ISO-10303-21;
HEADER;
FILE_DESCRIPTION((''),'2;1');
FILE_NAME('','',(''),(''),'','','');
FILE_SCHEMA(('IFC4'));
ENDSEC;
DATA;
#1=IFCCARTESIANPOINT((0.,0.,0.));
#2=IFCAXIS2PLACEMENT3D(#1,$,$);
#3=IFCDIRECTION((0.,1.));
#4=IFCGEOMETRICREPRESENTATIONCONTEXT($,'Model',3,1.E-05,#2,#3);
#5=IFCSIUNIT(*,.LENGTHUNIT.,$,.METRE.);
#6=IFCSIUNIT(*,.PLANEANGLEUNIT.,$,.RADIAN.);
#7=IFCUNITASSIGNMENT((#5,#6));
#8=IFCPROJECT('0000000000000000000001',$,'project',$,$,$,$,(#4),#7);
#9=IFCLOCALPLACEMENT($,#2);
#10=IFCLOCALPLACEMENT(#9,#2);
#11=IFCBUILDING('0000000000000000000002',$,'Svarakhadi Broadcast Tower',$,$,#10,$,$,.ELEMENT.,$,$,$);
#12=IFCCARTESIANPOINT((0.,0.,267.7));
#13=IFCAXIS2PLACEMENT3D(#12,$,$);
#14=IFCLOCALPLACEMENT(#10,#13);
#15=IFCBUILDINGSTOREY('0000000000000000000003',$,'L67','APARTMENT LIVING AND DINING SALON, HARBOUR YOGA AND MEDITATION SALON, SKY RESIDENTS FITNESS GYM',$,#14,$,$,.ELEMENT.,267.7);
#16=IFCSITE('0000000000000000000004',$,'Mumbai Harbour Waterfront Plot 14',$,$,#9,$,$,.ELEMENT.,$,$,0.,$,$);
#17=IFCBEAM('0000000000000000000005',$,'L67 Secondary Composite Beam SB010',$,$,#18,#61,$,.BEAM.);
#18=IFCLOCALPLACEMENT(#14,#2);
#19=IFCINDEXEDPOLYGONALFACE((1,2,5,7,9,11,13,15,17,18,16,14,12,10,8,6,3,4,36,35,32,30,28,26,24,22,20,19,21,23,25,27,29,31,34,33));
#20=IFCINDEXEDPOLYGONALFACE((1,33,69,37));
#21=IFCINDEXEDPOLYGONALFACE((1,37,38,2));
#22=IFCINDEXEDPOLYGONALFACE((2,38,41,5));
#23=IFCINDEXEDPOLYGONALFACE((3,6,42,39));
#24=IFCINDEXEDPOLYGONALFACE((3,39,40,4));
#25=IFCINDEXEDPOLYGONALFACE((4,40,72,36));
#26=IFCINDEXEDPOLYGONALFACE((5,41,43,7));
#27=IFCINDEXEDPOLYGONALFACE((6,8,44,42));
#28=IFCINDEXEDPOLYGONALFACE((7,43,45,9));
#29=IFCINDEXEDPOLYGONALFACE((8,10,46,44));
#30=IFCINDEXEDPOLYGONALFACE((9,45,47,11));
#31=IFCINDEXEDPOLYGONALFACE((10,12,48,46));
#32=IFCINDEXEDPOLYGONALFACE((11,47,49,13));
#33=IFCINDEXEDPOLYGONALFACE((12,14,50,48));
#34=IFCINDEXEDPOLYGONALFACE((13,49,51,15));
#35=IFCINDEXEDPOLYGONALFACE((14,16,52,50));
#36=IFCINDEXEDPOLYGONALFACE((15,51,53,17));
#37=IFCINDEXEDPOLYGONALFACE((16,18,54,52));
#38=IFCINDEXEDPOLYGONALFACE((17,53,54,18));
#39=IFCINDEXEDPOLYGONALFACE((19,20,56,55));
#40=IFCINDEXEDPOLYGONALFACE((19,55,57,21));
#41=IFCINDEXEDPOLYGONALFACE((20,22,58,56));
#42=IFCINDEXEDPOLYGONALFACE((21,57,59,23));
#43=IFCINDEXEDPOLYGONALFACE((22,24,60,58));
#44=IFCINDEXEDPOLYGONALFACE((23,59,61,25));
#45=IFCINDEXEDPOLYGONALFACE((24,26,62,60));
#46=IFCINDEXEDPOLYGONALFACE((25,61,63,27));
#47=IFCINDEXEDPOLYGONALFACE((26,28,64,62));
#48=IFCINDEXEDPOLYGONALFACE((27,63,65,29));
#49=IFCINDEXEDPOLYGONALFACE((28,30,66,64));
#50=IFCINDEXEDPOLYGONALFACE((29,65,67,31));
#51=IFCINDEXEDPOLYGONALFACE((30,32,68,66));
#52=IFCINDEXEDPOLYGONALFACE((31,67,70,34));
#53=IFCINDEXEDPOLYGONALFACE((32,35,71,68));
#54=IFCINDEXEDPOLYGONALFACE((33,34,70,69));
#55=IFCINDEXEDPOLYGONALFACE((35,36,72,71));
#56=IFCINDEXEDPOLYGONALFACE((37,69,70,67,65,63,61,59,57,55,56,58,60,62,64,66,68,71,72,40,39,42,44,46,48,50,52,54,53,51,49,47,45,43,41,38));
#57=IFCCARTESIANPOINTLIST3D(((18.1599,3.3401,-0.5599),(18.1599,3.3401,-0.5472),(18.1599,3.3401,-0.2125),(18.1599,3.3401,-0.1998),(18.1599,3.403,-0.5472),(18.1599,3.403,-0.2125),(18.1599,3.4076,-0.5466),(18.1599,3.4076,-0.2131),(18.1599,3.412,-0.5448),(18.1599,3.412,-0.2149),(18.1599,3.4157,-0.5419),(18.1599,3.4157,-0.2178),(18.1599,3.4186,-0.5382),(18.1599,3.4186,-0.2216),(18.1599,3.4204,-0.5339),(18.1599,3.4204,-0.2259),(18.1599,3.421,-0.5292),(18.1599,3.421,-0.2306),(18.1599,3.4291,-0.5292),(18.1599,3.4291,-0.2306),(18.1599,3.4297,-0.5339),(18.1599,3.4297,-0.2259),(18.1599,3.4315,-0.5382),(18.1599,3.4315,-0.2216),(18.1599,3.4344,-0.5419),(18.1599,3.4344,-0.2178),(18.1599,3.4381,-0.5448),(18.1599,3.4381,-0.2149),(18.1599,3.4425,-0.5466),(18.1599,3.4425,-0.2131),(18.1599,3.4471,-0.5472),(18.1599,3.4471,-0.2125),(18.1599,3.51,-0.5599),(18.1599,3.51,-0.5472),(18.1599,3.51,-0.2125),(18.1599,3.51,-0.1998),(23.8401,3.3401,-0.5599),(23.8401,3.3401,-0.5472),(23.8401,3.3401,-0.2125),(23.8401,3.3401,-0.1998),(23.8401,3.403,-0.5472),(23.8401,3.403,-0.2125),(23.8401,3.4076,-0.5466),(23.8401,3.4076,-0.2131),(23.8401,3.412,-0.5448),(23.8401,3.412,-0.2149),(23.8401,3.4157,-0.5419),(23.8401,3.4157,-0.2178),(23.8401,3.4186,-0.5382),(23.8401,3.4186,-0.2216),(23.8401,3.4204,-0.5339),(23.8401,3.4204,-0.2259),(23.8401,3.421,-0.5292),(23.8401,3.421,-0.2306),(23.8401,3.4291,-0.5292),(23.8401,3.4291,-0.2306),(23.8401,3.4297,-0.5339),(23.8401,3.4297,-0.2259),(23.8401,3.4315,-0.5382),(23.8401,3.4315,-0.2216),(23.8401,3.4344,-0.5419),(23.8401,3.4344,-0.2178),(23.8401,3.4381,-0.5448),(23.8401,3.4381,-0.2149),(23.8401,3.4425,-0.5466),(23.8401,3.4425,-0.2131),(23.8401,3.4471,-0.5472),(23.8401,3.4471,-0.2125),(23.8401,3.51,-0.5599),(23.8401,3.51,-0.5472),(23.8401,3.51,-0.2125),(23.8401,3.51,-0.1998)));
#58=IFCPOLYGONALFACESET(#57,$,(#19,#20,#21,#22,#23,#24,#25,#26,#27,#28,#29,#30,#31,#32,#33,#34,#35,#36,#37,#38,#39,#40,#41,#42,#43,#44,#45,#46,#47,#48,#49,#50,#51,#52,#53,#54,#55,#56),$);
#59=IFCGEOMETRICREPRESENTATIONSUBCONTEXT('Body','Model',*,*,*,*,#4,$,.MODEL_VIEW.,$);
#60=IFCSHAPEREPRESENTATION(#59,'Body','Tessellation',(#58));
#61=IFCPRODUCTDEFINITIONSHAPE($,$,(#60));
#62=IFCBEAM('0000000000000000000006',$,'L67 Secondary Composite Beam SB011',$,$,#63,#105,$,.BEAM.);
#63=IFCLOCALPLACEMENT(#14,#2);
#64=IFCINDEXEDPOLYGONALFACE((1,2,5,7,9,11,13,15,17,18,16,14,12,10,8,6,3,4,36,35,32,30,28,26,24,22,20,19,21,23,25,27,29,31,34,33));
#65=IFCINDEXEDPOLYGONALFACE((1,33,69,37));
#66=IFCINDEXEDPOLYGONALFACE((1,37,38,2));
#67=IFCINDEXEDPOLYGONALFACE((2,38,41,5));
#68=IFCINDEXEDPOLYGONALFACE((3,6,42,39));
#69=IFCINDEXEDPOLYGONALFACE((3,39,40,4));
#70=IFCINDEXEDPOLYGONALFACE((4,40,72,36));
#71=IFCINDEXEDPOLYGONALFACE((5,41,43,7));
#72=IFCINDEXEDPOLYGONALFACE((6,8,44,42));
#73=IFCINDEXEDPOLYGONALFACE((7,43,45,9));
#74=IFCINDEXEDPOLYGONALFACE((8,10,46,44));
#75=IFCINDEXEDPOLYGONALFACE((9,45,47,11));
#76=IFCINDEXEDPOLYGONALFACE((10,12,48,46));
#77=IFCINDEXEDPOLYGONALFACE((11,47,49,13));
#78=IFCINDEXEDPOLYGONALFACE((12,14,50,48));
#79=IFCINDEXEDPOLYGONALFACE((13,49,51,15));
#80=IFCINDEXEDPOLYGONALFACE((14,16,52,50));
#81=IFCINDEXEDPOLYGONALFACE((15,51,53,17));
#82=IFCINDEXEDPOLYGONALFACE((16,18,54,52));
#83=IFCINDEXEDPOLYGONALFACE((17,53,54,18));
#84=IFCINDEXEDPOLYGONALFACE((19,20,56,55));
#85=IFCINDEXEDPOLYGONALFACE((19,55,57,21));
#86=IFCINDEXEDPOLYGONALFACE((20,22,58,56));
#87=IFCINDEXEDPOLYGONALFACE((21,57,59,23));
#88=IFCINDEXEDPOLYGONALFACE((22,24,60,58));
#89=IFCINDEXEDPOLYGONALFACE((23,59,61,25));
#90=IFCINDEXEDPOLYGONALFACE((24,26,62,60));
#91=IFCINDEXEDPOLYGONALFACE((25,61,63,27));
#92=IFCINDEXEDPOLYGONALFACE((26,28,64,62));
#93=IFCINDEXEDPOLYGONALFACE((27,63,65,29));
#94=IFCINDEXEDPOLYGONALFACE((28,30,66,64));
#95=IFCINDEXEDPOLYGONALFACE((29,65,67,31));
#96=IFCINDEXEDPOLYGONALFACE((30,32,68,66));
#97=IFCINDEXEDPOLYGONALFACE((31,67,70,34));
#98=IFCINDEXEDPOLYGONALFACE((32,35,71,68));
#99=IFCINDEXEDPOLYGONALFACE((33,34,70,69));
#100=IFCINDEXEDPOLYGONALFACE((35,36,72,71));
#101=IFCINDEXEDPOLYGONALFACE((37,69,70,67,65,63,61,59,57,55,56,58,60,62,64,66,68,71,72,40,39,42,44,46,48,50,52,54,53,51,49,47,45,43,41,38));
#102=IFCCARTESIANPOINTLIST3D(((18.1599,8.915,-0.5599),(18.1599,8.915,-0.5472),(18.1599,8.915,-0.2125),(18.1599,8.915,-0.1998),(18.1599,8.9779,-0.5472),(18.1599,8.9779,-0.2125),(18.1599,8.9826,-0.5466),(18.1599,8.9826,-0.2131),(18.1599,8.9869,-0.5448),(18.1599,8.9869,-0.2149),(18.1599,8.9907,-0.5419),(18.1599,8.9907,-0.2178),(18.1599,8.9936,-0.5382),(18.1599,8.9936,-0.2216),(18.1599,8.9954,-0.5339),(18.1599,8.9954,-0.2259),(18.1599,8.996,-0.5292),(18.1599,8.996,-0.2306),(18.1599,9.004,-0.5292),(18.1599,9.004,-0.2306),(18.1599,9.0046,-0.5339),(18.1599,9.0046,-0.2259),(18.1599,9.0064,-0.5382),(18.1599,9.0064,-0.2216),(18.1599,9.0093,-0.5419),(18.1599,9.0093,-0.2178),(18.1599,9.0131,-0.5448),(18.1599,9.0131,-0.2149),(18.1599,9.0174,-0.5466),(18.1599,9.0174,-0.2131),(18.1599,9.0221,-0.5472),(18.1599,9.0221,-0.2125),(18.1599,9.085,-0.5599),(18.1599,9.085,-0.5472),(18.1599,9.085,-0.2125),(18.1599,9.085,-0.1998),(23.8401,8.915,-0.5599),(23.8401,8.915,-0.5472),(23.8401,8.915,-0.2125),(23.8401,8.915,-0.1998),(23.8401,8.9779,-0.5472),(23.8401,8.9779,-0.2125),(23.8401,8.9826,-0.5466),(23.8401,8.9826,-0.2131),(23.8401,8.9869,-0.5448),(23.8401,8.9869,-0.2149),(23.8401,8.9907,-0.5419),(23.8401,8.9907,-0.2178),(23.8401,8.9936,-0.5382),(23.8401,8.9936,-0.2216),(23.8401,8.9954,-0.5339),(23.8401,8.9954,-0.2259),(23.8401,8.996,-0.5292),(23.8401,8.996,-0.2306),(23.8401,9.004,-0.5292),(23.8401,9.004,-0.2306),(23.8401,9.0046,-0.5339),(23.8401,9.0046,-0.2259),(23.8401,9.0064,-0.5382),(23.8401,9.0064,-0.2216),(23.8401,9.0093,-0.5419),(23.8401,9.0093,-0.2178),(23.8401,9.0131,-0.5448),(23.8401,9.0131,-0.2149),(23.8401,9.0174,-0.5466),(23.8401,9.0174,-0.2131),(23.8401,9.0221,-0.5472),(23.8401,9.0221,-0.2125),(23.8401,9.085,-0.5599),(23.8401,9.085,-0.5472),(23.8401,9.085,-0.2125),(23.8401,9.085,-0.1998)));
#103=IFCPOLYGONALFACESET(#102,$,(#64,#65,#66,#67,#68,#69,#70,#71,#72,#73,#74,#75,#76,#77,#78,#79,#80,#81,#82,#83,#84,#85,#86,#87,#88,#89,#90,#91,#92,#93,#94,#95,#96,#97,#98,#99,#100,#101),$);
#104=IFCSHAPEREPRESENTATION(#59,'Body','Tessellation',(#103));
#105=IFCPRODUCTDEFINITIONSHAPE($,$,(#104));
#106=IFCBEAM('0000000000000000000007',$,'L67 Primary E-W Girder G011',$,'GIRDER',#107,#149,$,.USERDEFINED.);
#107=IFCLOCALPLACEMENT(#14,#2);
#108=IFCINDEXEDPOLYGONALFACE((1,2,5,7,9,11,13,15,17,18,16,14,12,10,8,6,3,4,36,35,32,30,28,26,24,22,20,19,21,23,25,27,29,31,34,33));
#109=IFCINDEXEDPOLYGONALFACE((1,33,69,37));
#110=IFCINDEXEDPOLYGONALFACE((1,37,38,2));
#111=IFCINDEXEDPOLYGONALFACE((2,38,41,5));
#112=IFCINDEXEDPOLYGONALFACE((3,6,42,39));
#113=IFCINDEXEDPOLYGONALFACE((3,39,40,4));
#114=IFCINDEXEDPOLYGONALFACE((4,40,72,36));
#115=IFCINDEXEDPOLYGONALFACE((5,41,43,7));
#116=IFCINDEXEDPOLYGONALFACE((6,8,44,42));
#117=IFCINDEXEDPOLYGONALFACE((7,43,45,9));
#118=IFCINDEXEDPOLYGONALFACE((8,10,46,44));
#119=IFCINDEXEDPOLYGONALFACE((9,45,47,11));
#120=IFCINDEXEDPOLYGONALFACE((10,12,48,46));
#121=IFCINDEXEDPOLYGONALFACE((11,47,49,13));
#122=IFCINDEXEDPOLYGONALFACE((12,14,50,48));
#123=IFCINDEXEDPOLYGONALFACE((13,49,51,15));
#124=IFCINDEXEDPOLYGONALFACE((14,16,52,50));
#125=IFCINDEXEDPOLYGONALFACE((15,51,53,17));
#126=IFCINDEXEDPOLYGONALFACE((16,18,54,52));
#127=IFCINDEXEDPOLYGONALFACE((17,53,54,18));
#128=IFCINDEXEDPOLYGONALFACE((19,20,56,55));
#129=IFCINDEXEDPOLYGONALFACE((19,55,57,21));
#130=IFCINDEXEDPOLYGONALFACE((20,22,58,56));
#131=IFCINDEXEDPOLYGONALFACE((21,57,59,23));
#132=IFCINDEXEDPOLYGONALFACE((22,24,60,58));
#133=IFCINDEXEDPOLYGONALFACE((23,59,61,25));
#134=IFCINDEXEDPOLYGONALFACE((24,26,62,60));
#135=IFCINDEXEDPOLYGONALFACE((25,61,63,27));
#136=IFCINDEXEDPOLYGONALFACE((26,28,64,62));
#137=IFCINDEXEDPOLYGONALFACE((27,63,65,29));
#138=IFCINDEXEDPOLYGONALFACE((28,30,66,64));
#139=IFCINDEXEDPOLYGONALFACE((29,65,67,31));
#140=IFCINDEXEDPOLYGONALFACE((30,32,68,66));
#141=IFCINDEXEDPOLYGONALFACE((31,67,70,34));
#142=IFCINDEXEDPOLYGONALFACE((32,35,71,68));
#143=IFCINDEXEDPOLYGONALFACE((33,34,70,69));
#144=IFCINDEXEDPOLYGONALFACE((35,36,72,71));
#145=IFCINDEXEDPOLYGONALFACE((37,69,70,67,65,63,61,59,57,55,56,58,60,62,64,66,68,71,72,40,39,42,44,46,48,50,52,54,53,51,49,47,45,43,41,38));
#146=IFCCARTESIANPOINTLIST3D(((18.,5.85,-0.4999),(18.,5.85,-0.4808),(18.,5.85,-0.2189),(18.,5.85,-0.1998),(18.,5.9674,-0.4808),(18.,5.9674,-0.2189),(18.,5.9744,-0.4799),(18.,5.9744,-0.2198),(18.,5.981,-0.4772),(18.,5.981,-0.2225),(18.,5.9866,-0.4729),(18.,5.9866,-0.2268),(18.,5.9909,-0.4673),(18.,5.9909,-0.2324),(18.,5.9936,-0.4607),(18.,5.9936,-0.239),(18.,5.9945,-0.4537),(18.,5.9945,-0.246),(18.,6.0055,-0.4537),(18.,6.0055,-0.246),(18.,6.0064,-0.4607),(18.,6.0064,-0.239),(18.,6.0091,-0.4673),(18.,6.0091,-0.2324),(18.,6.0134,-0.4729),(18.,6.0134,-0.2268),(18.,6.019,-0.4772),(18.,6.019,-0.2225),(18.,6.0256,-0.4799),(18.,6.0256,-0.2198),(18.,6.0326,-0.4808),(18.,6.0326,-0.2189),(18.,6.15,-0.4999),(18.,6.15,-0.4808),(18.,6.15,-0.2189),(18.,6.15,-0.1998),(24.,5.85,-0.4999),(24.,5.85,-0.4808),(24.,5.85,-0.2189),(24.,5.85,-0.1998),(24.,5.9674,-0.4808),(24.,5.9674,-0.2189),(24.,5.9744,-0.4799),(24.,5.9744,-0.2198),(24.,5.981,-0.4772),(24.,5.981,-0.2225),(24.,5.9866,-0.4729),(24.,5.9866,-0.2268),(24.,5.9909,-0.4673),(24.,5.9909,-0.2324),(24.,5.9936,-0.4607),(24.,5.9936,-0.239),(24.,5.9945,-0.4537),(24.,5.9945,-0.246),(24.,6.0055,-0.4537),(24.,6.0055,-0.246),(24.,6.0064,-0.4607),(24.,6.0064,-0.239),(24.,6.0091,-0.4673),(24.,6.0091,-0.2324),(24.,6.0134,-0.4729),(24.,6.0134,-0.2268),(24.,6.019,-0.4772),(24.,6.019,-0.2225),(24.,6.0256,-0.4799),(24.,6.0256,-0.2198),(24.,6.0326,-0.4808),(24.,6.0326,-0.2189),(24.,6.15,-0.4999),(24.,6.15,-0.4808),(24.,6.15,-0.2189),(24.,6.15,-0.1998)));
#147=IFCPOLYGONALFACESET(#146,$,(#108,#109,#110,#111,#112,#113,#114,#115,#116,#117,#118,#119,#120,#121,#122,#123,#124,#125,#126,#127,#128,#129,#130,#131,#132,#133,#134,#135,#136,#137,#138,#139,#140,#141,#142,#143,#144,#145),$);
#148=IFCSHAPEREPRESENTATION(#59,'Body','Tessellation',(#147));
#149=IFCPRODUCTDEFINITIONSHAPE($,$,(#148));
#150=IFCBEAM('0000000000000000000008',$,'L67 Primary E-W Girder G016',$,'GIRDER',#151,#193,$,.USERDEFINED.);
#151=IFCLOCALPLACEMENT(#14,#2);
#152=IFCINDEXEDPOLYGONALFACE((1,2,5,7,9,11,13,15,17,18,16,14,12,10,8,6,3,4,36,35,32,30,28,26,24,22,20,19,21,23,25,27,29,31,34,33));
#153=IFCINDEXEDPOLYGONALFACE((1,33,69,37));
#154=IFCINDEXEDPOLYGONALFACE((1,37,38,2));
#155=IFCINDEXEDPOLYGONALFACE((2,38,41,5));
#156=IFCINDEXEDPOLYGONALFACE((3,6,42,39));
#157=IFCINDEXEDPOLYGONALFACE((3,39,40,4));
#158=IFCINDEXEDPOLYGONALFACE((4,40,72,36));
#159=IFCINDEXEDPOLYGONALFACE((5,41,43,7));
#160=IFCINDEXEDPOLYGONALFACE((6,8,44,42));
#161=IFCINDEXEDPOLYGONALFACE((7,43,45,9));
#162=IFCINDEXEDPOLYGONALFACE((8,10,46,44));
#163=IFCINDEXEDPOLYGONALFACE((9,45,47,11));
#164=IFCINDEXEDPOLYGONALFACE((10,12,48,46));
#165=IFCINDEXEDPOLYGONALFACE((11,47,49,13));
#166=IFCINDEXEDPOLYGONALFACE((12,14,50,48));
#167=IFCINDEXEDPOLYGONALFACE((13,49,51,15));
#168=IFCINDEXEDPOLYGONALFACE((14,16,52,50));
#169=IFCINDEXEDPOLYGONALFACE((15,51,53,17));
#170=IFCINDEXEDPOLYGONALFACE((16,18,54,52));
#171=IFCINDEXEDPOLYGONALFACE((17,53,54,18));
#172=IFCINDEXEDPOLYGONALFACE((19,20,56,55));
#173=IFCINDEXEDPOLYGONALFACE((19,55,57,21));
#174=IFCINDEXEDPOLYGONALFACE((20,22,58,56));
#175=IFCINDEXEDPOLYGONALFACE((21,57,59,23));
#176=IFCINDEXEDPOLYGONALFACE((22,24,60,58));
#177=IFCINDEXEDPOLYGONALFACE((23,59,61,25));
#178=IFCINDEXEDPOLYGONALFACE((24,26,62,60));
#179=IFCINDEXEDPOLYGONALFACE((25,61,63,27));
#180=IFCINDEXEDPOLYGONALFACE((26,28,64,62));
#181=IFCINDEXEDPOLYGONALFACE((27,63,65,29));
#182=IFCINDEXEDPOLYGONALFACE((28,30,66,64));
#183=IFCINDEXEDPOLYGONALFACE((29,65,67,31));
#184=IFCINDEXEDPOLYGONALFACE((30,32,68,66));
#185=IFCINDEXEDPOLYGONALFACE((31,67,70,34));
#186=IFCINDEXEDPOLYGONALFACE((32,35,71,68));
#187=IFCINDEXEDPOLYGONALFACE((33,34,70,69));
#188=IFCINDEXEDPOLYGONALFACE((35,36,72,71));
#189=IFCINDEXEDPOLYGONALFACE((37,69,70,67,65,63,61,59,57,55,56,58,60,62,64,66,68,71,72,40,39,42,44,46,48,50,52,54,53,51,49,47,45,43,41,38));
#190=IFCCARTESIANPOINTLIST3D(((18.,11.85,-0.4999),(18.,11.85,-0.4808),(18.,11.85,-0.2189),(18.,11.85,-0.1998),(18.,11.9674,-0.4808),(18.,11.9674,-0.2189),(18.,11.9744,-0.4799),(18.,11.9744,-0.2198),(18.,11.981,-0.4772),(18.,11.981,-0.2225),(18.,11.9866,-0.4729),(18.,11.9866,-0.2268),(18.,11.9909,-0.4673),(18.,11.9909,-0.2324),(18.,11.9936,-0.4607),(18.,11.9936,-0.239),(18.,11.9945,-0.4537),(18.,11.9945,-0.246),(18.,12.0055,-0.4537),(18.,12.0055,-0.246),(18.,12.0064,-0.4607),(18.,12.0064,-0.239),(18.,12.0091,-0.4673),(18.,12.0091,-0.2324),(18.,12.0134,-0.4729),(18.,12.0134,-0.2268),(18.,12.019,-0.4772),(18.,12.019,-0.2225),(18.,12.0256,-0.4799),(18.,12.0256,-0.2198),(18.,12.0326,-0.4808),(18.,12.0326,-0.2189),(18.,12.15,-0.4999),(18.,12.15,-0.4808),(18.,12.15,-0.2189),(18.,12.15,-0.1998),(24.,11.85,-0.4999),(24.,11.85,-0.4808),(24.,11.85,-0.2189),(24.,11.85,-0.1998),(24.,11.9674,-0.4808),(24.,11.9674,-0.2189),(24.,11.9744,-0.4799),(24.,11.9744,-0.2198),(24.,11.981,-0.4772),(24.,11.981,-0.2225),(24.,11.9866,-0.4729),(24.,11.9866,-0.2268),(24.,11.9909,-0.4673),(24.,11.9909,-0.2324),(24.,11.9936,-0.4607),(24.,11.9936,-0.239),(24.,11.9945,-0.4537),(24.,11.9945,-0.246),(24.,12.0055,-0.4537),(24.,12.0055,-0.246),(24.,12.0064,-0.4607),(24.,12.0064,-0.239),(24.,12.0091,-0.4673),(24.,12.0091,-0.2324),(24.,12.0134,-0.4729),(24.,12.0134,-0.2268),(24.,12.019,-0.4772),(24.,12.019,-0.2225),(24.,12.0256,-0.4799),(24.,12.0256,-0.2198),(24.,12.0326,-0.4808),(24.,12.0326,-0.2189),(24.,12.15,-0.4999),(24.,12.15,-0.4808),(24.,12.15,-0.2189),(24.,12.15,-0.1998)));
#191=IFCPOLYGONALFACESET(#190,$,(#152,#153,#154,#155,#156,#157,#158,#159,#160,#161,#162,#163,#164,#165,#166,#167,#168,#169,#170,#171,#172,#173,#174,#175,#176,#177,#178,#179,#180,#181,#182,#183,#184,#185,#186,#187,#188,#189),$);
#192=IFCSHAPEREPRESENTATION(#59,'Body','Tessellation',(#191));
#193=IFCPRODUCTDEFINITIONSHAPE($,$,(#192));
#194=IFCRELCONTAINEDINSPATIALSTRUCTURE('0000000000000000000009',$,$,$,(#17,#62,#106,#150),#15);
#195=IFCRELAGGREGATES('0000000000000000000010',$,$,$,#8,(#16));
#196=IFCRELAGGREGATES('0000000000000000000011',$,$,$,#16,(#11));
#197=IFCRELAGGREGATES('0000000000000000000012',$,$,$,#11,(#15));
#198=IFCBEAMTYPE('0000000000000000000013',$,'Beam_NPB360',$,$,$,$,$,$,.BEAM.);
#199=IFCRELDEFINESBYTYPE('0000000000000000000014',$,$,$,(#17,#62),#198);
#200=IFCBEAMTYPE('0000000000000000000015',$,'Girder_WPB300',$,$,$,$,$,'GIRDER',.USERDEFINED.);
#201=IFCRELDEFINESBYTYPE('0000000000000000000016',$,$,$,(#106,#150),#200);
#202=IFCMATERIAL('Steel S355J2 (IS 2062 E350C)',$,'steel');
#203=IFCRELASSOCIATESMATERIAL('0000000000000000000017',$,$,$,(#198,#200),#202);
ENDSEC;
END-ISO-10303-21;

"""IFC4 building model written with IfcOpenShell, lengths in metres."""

from ifc_helpers import new_model, si_unit, direction, frame, origin, origin_2d, place, context, subcontext, project, spatial, i_section, extrude, material, material_profile, profile_set, type_object, element, save


model = new_model("IFC4")

# Units and contexts
model_context = context("Model", 3, precision=1e-05, world=origin(), true_north=direction((0.0, 1.0)))
body_context = subcontext(model_context, "Body", "Model", "MODEL_VIEW")
ifc_project = project(units=[si_unit("LENGTHUNIT", "METRE"), si_unit("PLANEANGLEUNIT", "RADIAN")], contexts=[model_context])

# Site, building, storey
site_placement = place(None, origin())
site = spatial("IfcSite", under=ifc_project, at=site_placement, Name="Mumbai Harbour Waterfront Plot 14", CompositionType="ELEMENT", RefElevation=0.0)
building_placement = place(site_placement, origin())
building = spatial("IfcBuilding", under=site, at=building_placement, Name="Svarakhadi Broadcast Tower", CompositionType="ELEMENT")
storey_placement = place(building_placement, frame((0.0, 0.0, 267.7)))
storey = spatial("IfcBuildingStorey", under=building, at=storey_placement, Name="L67", Description="APARTMENT LIVING AND DINING SALON, HARBOUR YOGA AND MEDITATION SALON, SKY RESIDENTS FITNESS GYM", CompositionType="ELEMENT", Elevation=267.7)

# Beams
ifc_material_1 = material(Name="Steel S355J2 (IS 2062 E350C)", Category="steel")
ifc_material_profile_1 = material_profile(ifc_material_1, i_section(OverallWidth=0.1699, OverallDepth=0.3601, WebThickness=0.0081, FlangeThickness=0.0127, FilletRadius=0.0181, at=origin_2d()), Name="NPB 360x170x57")
ifc_profile_set_1 = profile_set([ifc_material_profile_1], Name="Steel S355J2 (IS 2062 E350C)")
beam_type_1 = type_object("IfcBeamType", Name="Beam_NPB360", PredefinedType="BEAM", material=ifc_profile_set_1)
for number, where, z_axis, x_axis, name in (
    (1, (18.1599, 3.425, -0.3799), (1.0, 0.0, 0.0), (0.0, 1.0, 0.0), "L67 Secondary Composite Beam SB010"),
    (2, (18.1599, 9.0, -0.3799), (1.0, 0.0, 0.0), (0.0, 1.0, 0.0), "L67 Secondary Composite Beam SB011"),
):
    element("IfcBeam", number, at=place(storey_placement, frame(where, z_axis=z_axis, x_axis=x_axis)), inside=storey, type_object=beam_type_1, Name=name, PredefinedType="BEAM", context=body_context, shape_type="SweptSolid", body=[
        extrude(i_section(OverallWidth=0.1699, OverallDepth=0.3601, WebThickness=0.0081, FlangeThickness=0.0127, FilletRadius=0.0181, at=origin_2d()), origin(), (0.0, 0.0, 1.0), 5.6802),
    ])
ifc_material_profile_2 = material_profile(ifc_material_1, i_section(OverallWidth=0.3, OverallDepth=0.3, WebThickness=0.011, FlangeThickness=0.019, FilletRadius=0.0271, at=origin_2d()), Name="WPB 300x300x117")
ifc_profile_set_2 = profile_set([ifc_material_profile_2], Name="Steel S355J2 (IS 2062 E350C)")
beam_type_2 = type_object("IfcBeamType", Name="Girder_WPB300", ElementType="GIRDER", PredefinedType="USERDEFINED", material=ifc_profile_set_2)
for number, where, z_axis, x_axis, name in (
    (3, (18.0, 6.0, -0.3499), (1.0, 0.0, 0.0), (0.0, 1.0, 0.0), "L67 Primary E-W Girder G011"),
    (4, (18.0, 12.0, -0.3499), (1.0, 0.0, 0.0), (0.0, 1.0, 0.0), "L67 Primary E-W Girder G016"),
):
    element("IfcBeam", number, at=place(storey_placement, frame(where, z_axis=z_axis, x_axis=x_axis)), inside=storey, type_object=beam_type_2, Name=name, ObjectType="GIRDER", PredefinedType="USERDEFINED", context=body_context, shape_type="SweptSolid", body=[
        extrude(i_section(OverallWidth=0.3, OverallDepth=0.3, WebThickness=0.011, FlangeThickness=0.019, FilletRadius=0.0271, at=origin_2d()), origin(), (0.0, 0.0, 1.0), 6.0),
    ])

save(model, "model.ifc")
